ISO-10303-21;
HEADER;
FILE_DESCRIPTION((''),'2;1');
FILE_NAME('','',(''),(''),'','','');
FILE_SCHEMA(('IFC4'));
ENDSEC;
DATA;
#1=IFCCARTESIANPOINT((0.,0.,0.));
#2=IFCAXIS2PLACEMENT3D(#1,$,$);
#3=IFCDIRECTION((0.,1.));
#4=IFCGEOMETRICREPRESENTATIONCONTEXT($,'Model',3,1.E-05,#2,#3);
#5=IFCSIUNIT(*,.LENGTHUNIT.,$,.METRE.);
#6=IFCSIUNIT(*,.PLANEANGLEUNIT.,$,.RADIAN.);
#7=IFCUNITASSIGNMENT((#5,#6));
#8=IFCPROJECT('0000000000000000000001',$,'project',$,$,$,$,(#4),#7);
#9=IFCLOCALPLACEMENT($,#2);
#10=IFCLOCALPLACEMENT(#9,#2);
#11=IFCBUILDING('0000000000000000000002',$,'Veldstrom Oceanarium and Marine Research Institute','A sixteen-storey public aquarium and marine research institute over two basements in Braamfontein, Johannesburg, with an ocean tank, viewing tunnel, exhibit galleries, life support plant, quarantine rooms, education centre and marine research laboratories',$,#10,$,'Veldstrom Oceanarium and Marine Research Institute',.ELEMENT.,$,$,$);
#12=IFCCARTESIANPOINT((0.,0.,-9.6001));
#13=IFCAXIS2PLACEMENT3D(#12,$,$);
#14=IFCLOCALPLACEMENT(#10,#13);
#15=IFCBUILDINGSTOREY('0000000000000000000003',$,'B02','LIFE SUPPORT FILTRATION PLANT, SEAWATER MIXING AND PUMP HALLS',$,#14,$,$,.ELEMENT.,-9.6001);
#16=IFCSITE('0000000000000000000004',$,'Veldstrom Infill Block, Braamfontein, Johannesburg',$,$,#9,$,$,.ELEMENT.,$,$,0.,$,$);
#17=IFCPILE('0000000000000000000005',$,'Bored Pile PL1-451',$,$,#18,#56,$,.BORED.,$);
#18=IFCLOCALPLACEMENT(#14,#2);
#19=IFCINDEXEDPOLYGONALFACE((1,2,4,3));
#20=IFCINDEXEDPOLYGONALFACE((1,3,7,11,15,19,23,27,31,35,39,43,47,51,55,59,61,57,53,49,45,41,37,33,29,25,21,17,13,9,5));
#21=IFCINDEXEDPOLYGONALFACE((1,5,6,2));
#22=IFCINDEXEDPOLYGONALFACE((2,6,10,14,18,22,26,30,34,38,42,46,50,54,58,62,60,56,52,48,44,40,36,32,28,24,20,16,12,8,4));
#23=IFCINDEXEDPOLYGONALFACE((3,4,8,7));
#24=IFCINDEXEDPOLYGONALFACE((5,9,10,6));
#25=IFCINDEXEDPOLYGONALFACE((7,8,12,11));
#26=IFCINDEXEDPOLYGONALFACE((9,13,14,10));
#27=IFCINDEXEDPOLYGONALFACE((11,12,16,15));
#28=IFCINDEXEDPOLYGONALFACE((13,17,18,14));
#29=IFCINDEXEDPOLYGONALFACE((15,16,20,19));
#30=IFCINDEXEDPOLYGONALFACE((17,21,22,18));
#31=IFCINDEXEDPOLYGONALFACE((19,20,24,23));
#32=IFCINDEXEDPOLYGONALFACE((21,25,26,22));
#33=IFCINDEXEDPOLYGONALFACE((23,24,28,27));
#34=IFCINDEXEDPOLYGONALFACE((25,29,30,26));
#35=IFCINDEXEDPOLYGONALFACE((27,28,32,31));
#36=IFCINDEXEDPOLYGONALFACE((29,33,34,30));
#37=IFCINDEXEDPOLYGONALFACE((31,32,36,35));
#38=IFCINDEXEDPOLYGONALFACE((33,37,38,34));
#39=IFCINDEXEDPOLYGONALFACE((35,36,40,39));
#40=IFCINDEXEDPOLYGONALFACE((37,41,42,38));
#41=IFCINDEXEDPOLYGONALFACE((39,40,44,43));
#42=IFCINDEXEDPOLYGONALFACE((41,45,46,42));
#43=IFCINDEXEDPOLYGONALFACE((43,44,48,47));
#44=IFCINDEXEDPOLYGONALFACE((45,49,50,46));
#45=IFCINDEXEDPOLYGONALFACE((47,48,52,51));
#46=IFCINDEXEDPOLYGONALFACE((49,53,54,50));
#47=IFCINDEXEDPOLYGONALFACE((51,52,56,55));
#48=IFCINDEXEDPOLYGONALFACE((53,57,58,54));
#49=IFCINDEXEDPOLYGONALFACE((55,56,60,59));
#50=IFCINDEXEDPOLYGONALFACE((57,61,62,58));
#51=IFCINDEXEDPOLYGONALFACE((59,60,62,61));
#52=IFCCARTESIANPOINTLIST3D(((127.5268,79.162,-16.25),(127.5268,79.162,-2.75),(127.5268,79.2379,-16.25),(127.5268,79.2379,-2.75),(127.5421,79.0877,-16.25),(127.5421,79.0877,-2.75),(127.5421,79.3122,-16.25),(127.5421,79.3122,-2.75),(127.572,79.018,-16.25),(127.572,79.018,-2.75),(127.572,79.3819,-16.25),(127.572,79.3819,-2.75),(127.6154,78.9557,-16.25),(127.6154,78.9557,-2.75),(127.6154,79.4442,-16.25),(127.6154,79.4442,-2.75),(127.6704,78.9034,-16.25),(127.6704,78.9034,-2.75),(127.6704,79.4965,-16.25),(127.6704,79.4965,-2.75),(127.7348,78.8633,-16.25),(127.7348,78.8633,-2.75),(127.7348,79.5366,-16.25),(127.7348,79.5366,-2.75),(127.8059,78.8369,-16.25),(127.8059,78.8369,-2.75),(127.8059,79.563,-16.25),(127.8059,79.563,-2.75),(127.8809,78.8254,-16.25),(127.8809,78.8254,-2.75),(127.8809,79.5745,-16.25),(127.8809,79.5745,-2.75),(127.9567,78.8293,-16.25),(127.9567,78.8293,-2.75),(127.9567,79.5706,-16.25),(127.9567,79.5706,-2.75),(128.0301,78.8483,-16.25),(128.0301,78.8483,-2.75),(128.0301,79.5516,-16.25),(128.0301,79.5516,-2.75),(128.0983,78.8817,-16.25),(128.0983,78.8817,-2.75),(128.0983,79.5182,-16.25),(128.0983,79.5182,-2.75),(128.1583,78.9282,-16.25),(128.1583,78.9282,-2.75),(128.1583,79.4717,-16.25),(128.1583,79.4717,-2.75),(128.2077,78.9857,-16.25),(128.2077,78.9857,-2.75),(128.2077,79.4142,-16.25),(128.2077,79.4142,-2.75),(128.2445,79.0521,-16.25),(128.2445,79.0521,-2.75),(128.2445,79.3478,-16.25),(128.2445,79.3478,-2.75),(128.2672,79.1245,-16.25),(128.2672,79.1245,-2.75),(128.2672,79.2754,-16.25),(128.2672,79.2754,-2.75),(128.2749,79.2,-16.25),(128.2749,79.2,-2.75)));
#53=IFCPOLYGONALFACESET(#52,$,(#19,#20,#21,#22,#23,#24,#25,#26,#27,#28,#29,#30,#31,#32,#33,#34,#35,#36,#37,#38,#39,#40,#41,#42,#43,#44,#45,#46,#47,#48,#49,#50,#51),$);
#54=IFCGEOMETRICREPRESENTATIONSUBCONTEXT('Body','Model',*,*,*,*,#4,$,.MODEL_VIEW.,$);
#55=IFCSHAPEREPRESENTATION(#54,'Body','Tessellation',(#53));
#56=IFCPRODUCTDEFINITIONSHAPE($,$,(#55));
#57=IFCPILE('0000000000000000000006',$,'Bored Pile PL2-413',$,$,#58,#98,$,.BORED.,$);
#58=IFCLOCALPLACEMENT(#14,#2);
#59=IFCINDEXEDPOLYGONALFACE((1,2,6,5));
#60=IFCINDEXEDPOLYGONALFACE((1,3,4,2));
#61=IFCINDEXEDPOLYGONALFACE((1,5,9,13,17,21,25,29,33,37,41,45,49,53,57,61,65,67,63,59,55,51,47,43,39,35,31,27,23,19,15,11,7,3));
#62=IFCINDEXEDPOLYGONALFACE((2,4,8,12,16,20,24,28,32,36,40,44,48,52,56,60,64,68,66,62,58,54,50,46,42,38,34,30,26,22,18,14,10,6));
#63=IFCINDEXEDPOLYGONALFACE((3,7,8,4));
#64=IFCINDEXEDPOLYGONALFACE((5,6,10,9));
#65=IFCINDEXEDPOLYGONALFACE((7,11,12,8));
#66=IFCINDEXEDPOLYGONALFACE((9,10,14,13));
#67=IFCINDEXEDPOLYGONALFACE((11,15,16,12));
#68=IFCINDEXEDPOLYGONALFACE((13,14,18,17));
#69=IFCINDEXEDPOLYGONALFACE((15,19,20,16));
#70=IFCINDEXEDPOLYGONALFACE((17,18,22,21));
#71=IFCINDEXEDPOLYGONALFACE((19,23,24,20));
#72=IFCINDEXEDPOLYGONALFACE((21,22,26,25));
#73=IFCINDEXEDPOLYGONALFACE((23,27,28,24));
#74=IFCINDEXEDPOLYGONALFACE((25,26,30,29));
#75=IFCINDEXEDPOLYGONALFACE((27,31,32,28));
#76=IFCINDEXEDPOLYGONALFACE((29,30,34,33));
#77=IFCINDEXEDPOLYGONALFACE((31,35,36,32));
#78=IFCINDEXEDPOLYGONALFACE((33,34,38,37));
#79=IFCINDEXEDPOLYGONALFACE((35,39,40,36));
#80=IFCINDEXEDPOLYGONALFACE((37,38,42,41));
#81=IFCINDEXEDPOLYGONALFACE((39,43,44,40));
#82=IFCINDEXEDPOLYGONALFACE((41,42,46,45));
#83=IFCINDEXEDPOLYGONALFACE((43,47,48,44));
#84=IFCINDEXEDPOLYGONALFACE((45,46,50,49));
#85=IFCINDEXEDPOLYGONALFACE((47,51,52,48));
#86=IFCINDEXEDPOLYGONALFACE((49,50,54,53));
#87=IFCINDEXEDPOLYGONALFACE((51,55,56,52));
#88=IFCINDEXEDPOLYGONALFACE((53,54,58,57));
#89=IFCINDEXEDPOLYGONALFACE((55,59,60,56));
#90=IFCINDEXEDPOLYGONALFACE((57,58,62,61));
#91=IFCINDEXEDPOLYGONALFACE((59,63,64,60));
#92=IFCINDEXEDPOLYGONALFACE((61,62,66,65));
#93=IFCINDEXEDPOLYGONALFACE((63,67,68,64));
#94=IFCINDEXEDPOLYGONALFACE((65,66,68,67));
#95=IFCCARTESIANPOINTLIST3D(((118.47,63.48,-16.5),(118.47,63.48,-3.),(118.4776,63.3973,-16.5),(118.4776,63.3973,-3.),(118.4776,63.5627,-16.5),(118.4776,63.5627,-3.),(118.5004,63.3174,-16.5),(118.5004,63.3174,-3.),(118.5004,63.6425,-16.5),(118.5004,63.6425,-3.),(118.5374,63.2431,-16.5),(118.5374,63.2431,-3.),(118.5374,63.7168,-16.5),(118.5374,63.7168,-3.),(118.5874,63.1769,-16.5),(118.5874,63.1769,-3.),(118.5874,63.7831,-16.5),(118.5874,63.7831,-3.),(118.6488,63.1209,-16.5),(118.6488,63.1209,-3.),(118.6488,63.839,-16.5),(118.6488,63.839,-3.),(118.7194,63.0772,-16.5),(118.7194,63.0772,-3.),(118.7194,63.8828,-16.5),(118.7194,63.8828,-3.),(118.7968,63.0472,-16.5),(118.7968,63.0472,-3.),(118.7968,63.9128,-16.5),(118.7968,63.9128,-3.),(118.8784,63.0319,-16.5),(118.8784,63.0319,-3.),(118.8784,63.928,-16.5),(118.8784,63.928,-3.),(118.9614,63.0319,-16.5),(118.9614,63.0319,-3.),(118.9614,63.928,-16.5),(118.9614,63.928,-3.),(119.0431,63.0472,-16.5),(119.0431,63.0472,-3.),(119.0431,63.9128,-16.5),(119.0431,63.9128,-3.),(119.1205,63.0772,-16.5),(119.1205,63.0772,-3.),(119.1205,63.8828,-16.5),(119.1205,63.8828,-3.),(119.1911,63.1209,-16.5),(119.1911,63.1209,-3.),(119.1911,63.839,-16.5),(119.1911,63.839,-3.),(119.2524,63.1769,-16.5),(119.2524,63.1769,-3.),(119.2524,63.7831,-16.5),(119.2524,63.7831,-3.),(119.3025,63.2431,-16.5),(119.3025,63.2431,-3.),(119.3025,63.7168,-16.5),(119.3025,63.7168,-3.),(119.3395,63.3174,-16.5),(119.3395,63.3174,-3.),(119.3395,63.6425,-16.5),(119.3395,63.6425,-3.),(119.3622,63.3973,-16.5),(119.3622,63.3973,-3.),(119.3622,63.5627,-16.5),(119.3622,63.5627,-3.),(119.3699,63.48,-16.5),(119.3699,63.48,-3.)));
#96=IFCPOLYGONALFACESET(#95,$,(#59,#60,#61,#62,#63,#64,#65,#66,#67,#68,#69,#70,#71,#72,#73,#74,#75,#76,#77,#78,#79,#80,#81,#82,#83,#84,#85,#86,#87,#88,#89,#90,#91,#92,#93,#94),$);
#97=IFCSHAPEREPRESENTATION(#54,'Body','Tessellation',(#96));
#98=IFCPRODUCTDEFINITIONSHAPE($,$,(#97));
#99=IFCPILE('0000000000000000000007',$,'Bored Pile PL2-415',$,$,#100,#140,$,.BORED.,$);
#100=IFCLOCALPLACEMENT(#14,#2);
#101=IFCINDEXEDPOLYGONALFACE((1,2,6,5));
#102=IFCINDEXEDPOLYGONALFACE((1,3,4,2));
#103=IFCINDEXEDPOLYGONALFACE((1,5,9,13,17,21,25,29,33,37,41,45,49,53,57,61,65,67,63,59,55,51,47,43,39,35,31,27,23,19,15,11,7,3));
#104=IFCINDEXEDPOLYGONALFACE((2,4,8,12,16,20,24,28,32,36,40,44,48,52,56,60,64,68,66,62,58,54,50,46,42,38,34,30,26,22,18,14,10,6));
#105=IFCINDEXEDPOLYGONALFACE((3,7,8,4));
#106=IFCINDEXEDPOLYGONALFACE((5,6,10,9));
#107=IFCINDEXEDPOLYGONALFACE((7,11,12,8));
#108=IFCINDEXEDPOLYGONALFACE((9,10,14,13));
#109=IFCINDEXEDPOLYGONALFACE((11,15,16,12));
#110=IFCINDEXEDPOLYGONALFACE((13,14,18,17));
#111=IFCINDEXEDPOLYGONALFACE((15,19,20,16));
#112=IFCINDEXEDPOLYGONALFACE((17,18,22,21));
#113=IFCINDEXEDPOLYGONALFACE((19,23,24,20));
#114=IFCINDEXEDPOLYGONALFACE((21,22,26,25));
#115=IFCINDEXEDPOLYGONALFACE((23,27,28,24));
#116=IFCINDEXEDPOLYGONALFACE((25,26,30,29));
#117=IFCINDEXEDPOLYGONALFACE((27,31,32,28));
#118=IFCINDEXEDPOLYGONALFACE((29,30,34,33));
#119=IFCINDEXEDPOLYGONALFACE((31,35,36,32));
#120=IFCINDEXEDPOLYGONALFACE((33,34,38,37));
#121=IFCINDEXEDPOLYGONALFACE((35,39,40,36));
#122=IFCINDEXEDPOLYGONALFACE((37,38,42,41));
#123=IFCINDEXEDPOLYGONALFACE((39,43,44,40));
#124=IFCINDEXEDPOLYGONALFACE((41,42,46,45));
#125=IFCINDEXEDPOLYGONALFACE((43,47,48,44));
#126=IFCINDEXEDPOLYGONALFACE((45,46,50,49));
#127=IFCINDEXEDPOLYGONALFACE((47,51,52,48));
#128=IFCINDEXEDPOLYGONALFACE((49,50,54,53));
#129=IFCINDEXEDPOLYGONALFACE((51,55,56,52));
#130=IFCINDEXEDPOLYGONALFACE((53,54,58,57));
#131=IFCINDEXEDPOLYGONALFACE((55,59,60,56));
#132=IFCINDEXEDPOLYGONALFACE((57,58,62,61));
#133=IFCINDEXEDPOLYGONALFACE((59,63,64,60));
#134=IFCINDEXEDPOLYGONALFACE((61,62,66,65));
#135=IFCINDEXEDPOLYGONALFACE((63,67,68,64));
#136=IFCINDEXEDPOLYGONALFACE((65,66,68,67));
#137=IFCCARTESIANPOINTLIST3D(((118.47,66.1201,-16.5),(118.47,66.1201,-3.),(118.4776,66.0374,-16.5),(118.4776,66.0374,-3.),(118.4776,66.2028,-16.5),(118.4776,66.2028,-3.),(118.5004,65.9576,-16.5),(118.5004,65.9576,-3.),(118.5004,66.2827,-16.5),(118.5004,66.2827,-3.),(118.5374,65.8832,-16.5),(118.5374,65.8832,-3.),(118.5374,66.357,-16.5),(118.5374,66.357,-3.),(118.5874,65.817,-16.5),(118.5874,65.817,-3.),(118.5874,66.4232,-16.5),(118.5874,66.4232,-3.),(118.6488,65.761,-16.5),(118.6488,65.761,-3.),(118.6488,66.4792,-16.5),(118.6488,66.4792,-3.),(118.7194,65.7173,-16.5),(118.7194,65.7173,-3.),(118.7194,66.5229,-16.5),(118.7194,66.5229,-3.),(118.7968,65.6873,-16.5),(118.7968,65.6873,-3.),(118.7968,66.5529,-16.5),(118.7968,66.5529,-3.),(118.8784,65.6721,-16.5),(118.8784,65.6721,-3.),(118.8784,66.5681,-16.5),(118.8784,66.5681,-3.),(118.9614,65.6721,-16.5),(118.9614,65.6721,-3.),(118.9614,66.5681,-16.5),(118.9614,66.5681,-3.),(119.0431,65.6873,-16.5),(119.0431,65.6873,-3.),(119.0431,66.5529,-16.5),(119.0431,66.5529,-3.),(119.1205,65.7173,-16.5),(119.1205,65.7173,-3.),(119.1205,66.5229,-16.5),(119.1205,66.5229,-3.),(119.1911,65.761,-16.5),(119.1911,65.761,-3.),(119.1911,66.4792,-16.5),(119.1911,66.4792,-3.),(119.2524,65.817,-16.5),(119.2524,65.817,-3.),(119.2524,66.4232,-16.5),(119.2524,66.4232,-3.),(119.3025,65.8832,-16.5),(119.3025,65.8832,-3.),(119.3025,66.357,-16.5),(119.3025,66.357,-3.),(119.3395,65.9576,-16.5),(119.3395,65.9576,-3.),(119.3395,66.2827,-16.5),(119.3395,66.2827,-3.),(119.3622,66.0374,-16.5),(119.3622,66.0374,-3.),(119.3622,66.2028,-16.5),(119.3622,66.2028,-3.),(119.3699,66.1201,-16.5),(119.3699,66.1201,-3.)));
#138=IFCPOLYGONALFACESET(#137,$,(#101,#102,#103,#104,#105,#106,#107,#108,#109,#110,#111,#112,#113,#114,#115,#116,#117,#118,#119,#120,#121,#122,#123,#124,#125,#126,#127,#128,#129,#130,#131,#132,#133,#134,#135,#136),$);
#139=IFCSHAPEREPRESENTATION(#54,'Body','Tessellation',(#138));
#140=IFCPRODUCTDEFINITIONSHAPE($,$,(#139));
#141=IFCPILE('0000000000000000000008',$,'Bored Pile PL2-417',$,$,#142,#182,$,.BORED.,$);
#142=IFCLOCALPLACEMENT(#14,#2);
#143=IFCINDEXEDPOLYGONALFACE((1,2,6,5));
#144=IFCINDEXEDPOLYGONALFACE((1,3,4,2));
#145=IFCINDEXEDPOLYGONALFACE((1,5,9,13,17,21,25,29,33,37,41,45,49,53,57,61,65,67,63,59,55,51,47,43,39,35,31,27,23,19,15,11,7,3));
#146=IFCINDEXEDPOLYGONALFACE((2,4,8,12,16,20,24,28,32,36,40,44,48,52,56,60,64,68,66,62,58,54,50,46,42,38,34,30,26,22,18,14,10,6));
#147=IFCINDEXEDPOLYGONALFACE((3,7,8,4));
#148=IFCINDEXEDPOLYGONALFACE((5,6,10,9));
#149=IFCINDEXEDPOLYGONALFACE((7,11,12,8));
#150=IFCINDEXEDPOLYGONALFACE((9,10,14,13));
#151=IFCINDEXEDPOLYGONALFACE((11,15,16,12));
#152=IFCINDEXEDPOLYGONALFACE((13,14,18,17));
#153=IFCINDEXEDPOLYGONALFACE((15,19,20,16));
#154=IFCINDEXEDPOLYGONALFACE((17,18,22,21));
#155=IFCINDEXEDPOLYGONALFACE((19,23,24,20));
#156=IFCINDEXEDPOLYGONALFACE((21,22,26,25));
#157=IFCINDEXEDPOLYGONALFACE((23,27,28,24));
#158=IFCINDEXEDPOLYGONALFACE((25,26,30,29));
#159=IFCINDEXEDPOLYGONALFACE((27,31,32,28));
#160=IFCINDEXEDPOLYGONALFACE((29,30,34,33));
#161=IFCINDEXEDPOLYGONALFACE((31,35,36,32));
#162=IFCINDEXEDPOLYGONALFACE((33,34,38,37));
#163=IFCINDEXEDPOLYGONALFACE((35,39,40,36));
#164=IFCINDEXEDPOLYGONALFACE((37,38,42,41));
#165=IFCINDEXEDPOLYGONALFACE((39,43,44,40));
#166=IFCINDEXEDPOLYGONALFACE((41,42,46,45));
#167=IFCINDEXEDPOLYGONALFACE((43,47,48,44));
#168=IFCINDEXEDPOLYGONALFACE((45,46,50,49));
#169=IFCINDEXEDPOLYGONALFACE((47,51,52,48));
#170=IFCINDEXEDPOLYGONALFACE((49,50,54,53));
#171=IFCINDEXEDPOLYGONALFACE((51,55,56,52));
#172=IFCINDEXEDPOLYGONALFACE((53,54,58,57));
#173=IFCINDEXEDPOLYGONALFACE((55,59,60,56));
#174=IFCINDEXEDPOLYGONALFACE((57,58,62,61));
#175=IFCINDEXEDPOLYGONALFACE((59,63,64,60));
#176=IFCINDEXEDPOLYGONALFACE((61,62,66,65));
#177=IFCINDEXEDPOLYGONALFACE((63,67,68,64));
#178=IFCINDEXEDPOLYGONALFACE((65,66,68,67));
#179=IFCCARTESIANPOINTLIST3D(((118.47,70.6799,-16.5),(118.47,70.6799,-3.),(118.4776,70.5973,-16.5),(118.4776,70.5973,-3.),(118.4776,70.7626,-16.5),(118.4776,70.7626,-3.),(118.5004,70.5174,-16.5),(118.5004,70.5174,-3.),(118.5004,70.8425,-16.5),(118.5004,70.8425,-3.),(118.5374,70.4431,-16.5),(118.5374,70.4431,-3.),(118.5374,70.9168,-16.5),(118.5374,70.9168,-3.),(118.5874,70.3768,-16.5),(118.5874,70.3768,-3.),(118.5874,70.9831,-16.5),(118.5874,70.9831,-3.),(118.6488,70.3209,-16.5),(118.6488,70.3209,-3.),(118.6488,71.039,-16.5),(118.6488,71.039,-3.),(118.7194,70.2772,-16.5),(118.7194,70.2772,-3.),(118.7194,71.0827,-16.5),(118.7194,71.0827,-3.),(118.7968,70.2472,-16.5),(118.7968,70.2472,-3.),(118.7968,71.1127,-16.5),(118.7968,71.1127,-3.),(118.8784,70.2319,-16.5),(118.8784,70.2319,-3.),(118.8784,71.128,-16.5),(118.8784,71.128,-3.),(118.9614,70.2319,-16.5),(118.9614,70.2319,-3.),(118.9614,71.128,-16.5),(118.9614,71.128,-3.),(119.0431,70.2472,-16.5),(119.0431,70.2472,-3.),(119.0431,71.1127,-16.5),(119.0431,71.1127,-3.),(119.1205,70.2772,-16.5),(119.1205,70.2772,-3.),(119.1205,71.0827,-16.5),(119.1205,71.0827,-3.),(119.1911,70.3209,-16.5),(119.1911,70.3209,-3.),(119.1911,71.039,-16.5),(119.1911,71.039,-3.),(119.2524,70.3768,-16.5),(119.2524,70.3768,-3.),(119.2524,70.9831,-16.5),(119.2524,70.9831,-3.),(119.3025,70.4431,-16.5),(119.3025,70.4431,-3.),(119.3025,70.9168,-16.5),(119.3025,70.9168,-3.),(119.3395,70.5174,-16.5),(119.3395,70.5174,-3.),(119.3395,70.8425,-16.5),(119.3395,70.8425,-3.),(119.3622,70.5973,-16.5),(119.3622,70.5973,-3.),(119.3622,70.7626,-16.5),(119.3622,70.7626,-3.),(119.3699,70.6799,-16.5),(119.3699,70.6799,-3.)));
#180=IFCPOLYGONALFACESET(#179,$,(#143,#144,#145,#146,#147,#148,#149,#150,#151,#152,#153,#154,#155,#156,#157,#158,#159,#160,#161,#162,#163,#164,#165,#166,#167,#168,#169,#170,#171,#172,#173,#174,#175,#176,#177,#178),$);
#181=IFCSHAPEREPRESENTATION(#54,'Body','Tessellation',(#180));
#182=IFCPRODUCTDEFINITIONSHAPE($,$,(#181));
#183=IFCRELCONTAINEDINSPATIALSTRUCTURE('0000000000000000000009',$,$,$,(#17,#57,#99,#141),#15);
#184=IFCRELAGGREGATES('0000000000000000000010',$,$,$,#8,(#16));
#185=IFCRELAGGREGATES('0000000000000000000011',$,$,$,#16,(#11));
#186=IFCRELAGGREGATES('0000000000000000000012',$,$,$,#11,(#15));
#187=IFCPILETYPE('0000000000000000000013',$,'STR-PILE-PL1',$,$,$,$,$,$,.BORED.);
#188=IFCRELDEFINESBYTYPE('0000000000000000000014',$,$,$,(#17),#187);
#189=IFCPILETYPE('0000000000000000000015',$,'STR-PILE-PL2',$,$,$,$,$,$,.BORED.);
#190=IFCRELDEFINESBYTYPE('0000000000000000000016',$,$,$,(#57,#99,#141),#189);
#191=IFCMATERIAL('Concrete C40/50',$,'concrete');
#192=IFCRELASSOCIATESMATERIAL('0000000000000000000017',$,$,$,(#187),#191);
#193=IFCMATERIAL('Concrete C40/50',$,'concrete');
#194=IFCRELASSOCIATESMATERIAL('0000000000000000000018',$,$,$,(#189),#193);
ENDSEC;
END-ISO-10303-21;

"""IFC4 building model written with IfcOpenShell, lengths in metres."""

from ifc_helpers import new_model, si_unit, direction, frame, origin, origin_2d, place, context, subcontext, project, spatial, circle, extrude, material, material_profile, profile_set, type_object, element, save


model = new_model("IFC4")

# Units and contexts
model_context = context("Model", 3, precision=1e-05, world=origin(), true_north=direction((0.0, 1.0)))
body_context = subcontext(model_context, "Body", "Model", "MODEL_VIEW")
ifc_project = project(units=[si_unit("LENGTHUNIT", "METRE"), si_unit("PLANEANGLEUNIT", "RADIAN")], contexts=[model_context])

# Site, building, storey
site_placement = place(None, origin())
site = spatial("IfcSite", under=ifc_project, at=site_placement, Name="Veldstrom Infill Block, Braamfontein, Johannesburg", CompositionType="ELEMENT", RefElevation=0.0)
building_placement = place(site_placement, origin())
building = spatial("IfcBuilding", under=site, at=building_placement, Name="Veldstrom Oceanarium and Marine Research Institute", Description="A sixteen-storey public aquarium and marine research institute over two basements in Braamfontein, Johannesburg, with an ocean tank, viewing tunnel, exhibit galleries, life support plant, quarantine rooms, education centre and marine research laboratories", LongName="Veldstrom Oceanarium and Marine Research Institute", CompositionType="ELEMENT")
storey_placement = place(building_placement, frame((0.0, 0.0, -9.6001)))
storey = spatial("IfcBuildingStorey", under=building, at=storey_placement, Name="B02", Description="LIFE SUPPORT FILTRATION PLANT, SEAWATER MIXING AND PUMP HALLS", CompositionType="ELEMENT", Elevation=-9.6001)

# Piles
ifc_material_1 = material(Name="Concrete C40/50", Category="concrete")
ifc_material_profile_1 = material_profile(ifc_material_1, circle(Radius=0.375, at=origin_2d()), Name="PILE-D750")
ifc_profile_set_1 = profile_set([ifc_material_profile_1], Name="Concrete C40/50")
pile_type_1 = type_object("IfcPileType", Name="STR-PILE-PL1", PredefinedType="BORED", material=ifc_profile_set_1)
for number, where, z_axis, x_axis, name in (
    (1, (127.8999, 79.2, -2.75), (0.0, 0.0, -1.0), (1.0, 0.0, 0.0), "Bored Pile PL1-451"),
):
    element("IfcPile", number, at=place(storey_placement, frame(where, z_axis=z_axis, x_axis=x_axis)), inside=storey, type_object=pile_type_1, Name=name, PredefinedType="BORED", context=body_context, shape_type="SweptSolid", body=[
        extrude(circle(Radius=0.375, at=origin_2d()), origin(), (0.0, 0.0, 1.0), 13.5),
    ])
ifc_material_2 = material(Name="Concrete C40/50", Category="concrete")
ifc_material_profile_2 = material_profile(ifc_material_2, circle(Radius=0.45, at=origin_2d()), Name="PILE-D900")
ifc_profile_set_2 = profile_set([ifc_material_profile_2], Name="Concrete C40/50")
pile_type_2 = type_object("IfcPileType", Name="STR-PILE-PL2", PredefinedType="BORED", material=ifc_profile_set_2)
for number, where, z_axis, x_axis, name in (
    (2, (118.9199, 63.48, -3.0), (0.0, 0.0, -1.0), (1.0, 0.0, 0.0), "Bored Pile PL2-413"),
    (3, (118.9199, 66.1201, -3.0), (0.0, 0.0, -1.0), (1.0, 0.0, 0.0), "Bored Pile PL2-415"),
    (4, (118.9199, 70.6799, -3.0), (0.0, 0.0, -1.0), (1.0, 0.0, 0.0), "Bored Pile PL2-417"),
):
    element("IfcPile", number, at=place(storey_placement, frame(where, z_axis=z_axis, x_axis=x_axis)), inside=storey, type_object=pile_type_2, Name=name, PredefinedType="BORED", context=body_context, shape_type="SweptSolid", body=[
        extrude(circle(Radius=0.45, at=origin_2d()), origin(), (0.0, 0.0, 1.0), 13.5),
    ])

save(model, "model.ifc")
